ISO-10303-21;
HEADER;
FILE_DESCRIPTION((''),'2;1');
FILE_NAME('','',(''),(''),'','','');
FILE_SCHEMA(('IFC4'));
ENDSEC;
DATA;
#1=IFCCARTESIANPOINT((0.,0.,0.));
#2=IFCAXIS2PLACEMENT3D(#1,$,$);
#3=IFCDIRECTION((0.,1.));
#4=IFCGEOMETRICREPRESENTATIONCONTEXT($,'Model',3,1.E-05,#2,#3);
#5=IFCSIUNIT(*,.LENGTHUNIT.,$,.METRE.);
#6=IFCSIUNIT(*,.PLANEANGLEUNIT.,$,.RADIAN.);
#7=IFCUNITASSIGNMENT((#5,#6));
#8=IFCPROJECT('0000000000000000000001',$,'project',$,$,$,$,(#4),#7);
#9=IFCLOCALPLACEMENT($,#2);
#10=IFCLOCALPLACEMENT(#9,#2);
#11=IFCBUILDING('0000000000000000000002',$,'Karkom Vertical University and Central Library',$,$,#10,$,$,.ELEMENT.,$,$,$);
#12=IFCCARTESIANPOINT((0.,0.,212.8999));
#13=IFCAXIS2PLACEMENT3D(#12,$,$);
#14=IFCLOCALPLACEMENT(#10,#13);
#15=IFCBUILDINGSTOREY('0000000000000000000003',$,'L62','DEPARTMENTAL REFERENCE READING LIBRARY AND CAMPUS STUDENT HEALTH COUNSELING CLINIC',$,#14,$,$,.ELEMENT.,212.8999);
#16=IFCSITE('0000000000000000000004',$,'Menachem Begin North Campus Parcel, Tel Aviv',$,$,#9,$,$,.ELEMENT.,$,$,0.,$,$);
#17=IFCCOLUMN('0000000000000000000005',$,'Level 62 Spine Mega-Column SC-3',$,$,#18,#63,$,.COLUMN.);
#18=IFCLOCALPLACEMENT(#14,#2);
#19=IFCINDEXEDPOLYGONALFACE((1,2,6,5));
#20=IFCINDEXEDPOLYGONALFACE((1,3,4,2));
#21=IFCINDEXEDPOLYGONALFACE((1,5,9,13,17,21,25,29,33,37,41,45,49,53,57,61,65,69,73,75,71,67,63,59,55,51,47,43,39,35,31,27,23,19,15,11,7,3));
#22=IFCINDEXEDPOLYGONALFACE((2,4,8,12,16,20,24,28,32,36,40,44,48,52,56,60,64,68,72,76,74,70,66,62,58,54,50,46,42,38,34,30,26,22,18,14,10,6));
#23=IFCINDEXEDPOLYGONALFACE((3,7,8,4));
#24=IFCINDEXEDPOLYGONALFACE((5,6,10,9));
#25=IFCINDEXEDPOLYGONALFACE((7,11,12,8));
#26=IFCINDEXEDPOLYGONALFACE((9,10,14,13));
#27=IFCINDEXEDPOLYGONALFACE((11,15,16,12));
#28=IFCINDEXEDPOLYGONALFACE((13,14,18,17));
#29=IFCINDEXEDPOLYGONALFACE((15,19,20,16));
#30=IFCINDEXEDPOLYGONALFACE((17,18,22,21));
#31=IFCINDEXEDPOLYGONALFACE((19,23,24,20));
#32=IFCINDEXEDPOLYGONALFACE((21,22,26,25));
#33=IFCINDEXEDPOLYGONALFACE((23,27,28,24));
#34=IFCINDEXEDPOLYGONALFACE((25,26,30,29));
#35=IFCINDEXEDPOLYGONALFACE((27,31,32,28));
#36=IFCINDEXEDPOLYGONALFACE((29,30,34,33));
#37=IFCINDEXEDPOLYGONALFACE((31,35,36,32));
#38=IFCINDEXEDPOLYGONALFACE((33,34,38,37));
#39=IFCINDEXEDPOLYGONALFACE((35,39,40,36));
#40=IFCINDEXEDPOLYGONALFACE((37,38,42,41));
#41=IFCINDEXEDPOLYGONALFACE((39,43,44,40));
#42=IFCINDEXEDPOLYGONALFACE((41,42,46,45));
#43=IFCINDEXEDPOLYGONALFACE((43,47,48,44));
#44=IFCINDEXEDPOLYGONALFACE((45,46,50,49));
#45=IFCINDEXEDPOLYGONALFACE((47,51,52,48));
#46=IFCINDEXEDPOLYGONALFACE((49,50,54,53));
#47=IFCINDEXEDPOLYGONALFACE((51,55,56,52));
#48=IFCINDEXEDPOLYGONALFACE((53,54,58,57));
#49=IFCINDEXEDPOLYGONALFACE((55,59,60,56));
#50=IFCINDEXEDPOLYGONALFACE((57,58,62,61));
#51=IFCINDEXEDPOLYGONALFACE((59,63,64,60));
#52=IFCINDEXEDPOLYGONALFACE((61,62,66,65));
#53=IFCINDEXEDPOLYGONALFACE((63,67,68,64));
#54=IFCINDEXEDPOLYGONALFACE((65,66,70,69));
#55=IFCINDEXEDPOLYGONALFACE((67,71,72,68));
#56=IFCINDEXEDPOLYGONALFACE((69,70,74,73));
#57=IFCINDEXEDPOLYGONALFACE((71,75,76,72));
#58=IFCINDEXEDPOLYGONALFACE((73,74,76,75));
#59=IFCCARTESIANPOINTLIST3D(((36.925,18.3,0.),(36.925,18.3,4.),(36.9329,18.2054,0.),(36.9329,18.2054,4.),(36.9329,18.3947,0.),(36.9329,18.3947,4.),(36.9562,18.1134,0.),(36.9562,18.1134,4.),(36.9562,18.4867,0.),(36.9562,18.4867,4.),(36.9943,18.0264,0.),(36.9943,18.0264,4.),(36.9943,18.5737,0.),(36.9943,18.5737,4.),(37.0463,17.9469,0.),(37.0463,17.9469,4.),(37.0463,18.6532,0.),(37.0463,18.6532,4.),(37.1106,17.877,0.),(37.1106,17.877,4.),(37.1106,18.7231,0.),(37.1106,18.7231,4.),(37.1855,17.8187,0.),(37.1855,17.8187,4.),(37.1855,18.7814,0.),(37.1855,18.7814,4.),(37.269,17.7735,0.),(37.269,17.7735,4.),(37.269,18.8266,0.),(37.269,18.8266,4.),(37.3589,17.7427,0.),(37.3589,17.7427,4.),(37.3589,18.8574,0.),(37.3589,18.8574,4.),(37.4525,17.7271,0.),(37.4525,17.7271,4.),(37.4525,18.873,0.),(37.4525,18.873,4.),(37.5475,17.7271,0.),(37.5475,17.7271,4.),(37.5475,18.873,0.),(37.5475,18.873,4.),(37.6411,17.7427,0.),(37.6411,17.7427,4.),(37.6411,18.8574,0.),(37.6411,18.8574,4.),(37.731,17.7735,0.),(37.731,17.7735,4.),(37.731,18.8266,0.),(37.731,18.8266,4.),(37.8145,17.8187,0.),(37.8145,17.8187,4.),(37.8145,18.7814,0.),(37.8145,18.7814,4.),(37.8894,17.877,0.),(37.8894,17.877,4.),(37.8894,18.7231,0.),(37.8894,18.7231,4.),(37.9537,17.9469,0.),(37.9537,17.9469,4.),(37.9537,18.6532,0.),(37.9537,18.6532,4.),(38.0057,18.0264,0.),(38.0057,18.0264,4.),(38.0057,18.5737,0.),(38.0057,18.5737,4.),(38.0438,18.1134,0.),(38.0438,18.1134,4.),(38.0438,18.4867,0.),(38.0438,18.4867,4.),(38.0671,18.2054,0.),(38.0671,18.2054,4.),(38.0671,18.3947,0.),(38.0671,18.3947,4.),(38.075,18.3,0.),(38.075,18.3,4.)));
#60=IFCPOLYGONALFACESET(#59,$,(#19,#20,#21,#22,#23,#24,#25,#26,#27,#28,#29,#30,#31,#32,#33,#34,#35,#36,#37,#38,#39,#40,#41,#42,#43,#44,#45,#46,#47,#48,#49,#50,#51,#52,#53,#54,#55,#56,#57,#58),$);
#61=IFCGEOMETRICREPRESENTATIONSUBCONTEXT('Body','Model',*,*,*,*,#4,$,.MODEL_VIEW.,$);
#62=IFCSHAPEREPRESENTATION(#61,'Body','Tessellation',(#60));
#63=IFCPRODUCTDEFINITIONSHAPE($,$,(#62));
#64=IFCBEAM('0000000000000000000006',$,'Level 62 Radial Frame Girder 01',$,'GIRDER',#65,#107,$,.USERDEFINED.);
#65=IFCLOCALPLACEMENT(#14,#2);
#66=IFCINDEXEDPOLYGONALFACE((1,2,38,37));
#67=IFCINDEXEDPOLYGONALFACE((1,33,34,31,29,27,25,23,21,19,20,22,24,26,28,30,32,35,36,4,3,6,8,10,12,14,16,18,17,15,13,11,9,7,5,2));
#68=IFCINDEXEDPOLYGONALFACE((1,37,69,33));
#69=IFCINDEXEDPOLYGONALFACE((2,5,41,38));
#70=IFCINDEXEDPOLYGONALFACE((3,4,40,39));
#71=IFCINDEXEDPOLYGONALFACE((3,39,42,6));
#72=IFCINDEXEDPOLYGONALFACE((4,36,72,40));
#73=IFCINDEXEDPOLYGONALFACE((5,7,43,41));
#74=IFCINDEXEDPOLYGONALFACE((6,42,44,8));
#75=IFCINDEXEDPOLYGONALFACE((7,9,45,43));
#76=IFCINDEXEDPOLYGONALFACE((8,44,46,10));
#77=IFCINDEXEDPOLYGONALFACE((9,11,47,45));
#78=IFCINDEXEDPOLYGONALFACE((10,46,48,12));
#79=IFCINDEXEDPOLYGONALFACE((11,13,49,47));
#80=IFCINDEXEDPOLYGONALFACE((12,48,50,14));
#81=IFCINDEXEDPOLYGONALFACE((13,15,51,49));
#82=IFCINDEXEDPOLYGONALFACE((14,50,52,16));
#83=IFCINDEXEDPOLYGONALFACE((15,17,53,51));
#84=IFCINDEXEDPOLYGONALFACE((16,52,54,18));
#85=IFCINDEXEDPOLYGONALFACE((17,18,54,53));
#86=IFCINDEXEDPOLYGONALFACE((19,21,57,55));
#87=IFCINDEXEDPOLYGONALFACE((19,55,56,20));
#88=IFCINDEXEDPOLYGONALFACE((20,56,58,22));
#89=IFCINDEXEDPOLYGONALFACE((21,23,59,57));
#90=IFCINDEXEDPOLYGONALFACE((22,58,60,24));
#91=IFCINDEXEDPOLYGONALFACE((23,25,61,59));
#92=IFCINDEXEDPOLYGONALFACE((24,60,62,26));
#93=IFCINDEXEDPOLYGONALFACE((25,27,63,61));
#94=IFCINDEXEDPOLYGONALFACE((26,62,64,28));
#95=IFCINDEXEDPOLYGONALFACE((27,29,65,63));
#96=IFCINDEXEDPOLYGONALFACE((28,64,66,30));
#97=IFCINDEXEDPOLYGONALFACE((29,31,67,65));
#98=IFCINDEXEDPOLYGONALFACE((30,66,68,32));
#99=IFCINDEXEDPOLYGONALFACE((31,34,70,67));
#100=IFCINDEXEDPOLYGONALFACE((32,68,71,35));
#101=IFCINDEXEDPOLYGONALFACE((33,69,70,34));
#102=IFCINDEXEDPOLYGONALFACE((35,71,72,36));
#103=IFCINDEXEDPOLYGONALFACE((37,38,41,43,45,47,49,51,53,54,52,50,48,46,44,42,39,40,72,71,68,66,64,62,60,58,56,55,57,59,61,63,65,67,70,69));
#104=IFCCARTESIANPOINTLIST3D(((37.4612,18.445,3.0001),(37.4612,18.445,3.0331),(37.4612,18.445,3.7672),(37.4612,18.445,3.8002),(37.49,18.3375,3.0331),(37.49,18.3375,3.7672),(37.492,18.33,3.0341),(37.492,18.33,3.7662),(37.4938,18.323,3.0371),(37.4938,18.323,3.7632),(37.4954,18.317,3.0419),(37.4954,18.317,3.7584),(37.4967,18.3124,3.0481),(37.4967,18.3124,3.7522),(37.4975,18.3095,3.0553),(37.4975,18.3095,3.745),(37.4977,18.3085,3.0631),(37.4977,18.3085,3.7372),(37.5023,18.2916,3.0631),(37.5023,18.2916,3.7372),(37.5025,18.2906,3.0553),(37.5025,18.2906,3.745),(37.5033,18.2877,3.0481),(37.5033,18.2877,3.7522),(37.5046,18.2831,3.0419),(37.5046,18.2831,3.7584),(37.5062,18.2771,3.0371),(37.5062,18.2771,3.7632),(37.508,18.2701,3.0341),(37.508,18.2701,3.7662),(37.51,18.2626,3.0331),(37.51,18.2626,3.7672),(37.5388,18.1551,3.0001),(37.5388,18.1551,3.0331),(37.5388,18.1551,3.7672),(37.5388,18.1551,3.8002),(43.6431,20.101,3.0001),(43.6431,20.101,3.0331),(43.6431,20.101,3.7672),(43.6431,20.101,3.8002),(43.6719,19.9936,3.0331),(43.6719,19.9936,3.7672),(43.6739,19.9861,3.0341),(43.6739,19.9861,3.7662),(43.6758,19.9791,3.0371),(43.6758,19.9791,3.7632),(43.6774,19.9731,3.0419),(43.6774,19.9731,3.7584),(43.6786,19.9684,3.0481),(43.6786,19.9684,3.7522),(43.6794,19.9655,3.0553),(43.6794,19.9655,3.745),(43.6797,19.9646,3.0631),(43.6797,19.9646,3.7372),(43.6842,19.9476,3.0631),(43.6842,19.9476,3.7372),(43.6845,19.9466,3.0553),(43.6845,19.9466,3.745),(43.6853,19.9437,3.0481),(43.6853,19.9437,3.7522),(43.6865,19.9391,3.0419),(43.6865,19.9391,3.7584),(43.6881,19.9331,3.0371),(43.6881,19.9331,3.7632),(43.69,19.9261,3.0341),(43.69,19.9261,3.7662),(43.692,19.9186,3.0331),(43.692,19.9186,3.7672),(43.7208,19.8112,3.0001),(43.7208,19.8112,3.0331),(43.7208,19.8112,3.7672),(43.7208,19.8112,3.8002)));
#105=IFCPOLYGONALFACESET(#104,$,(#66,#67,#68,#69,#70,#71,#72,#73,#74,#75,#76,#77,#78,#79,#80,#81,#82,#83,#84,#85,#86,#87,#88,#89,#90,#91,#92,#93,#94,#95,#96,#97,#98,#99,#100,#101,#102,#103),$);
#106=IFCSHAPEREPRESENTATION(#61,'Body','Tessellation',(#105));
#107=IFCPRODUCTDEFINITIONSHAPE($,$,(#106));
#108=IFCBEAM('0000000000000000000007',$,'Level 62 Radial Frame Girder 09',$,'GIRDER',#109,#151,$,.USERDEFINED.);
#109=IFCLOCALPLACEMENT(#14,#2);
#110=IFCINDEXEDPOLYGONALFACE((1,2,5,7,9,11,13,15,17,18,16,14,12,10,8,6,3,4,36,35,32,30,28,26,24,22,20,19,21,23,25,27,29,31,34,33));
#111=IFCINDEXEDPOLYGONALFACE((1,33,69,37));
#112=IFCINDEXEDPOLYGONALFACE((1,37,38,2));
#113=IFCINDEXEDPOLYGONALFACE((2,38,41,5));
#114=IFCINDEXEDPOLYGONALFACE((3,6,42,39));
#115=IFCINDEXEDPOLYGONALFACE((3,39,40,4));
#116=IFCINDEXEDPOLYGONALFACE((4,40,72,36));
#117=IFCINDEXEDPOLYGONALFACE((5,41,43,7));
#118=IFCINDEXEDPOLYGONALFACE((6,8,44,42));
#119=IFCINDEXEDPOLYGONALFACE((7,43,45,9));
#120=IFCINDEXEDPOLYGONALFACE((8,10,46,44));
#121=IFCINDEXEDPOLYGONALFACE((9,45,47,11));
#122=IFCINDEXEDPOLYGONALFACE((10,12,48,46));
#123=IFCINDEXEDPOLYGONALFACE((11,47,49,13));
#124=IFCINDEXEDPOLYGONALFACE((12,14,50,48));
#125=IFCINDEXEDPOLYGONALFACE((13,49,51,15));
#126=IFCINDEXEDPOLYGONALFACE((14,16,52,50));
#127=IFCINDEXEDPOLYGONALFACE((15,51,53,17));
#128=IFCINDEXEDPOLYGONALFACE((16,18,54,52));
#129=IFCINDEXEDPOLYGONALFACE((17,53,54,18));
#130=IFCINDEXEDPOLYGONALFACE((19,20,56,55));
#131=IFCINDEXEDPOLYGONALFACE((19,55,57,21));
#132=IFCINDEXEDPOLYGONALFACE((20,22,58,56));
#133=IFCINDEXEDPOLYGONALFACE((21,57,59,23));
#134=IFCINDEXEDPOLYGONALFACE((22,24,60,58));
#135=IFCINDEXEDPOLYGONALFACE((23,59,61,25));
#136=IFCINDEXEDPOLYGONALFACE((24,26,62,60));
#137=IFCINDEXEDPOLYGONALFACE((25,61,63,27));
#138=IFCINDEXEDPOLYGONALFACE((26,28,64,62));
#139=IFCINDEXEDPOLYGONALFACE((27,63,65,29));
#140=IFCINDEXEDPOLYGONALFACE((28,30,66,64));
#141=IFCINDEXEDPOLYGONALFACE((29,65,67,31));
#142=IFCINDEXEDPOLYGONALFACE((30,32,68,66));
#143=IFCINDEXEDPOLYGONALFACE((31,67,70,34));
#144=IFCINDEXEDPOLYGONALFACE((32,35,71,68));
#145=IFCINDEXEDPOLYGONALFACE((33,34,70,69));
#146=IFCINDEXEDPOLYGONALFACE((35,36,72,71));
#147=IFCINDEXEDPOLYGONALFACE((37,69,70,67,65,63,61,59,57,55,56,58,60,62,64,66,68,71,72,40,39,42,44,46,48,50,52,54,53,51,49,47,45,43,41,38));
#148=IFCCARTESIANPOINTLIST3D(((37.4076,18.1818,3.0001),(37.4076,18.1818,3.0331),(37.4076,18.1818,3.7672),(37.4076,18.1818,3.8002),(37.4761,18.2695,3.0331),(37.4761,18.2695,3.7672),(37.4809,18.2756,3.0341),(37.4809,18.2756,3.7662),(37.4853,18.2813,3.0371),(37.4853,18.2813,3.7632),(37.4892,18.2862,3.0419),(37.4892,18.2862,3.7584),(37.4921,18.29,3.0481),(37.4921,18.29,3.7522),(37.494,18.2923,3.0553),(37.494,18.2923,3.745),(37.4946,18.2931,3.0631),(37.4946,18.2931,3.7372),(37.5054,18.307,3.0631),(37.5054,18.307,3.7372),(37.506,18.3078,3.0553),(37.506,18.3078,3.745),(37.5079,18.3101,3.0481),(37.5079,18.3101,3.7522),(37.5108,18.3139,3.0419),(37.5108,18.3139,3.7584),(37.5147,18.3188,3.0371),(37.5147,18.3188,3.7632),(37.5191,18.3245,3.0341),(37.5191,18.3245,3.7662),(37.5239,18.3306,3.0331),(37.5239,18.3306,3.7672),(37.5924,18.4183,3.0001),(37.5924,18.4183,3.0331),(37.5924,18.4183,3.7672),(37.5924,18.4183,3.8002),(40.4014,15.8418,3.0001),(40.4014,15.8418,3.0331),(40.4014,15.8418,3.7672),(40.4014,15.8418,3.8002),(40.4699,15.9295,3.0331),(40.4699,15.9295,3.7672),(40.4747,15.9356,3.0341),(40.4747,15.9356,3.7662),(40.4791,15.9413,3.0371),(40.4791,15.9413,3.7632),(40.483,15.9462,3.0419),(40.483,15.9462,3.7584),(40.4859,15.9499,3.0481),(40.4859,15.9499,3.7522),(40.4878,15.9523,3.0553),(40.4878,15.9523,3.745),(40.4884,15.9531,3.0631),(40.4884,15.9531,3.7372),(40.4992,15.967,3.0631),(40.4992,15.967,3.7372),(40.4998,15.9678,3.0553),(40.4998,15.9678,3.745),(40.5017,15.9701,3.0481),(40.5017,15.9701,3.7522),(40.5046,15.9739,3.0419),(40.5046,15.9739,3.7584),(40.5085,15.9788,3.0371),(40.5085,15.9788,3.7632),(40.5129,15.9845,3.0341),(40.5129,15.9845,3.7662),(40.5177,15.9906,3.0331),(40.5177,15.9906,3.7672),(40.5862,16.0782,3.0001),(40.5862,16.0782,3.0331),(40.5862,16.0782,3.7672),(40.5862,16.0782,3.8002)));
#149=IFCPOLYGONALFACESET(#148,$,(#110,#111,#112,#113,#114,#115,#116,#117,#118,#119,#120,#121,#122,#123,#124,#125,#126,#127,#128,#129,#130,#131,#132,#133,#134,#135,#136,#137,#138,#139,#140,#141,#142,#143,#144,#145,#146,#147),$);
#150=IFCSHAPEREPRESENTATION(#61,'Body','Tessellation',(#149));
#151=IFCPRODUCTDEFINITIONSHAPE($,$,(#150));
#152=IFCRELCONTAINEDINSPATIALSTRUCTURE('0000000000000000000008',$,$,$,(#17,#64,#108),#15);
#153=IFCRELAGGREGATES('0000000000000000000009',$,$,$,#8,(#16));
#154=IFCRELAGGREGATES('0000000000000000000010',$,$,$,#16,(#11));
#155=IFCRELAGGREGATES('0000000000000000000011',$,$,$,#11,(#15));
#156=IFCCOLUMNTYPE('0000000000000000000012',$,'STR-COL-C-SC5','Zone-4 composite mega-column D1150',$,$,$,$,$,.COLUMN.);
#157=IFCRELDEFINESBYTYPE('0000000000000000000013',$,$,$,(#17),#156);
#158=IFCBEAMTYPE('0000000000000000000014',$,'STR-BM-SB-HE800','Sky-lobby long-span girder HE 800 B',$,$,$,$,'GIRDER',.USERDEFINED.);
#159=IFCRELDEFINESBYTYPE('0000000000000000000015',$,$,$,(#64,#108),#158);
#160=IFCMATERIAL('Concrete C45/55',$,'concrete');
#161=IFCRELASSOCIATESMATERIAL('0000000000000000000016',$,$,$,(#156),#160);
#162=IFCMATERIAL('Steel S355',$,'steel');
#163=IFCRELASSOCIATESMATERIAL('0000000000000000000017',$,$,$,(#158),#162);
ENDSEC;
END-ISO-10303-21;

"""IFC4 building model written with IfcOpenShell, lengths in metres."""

from ifc_helpers import new_model, si_unit, direction, frame, origin, origin_with_axes, origin_2d, place, context, subcontext, project, spatial, circle, i_section, extrude, source, transform, mapped, material, material_profile, profile_set, type_object, element, save


model = new_model("IFC4")

# Units and contexts
model_context = context("Model", 3, precision=1e-05, world=origin(), true_north=direction((0.0, 1.0)))
body_context = subcontext(model_context, "Body", "Model", "MODEL_VIEW")
ifc_project = project(units=[si_unit("LENGTHUNIT", "METRE"), si_unit("PLANEANGLEUNIT", "RADIAN")], contexts=[model_context])

# Site, building, storey
site_placement = place(None, origin())
site = spatial("IfcSite", under=ifc_project, at=site_placement, Name="Menachem Begin North Campus Parcel, Tel Aviv", CompositionType="ELEMENT", RefElevation=0.0)
building_placement = place(site_placement, origin())
building = spatial("IfcBuilding", under=site, at=building_placement, Name="Karkom Vertical University and Central Library", CompositionType="ELEMENT")
storey_placement = place(building_placement, frame((0.0, 0.0, 212.8999)))
storey = spatial("IfcBuildingStorey", under=building, at=storey_placement, Name="L62", Description="DEPARTMENTAL REFERENCE READING LIBRARY AND CAMPUS STUDENT HEALTH COUNSELING CLINIC", CompositionType="ELEMENT", Elevation=212.8999)

# Column
ifc_material_1 = material(Name="Concrete C45/55", Category="concrete")
ifc_material_profile_1 = material_profile(ifc_material_1, circle(Radius=0.575, at=origin_2d()), Name="CFT-D1150")
ifc_profile_set_1 = profile_set([ifc_material_profile_1], Name="Concrete C45/55")
column_type = type_object("IfcColumnType", Name="STR-COL-C-SC5", Description="Zone-4 composite mega-column D1150", PredefinedType="COLUMN", material=ifc_profile_set_1)
shared_shape_1 = source(origin_with_axes(), body_context, "Body", "SweptSolid", [
    extrude(circle(Radius=0.575, at=origin_2d()), origin(), (0.0, 0.0, 1.0), 4.0),
])
column_placement = place(storey_placement, frame((37.5, 18.3, 0.0), z_axis=(0.0, 0.0, 1.0), x_axis=(1.0, 0.0, 0.0)))
element("IfcColumn", 1, at=column_placement, inside=storey, type_object=column_type, Name="Level 62 Spine Mega-Column SC-3", PredefinedType="COLUMN", context=body_context, shape_type="MappedRepresentation", body=[
    mapped(shared_shape_1, transform((0.0, 0.0, 0.0), scale=1.0)),
])

# Beams
ifc_material_2 = material(Name="Steel S355", Category="steel")
ifc_material_profile_2 = material_profile(ifc_material_2, i_section(OverallWidth=0.3, OverallDepth=0.8, WebThickness=0.0176, FlangeThickness=0.033, FilletRadius=0.03, at=origin_2d()), Name="HE 800 B")
ifc_profile_set_2 = profile_set([ifc_material_profile_2], Name="Steel S355")
beam_type_1 = type_object("IfcBeamType", Name="STR-BM-SB-HE800", Description="Sky-lobby long-span girder HE 800 B", ElementType="GIRDER", PredefinedType="USERDEFINED", material=ifc_profile_set_2)
shared_shape_2 = source(origin_with_axes(), body_context, "Body", "SweptSolid", [
    extrude(i_section(OverallWidth=0.3, OverallDepth=0.8, WebThickness=0.0176, FlangeThickness=0.033, FilletRadius=0.03, at=origin_2d()), origin(), (0.0, 0.0, 1.0), 6.3999),
])
beam_1_placement = place(storey_placement, frame((37.5, 18.3, 3.4001), z_axis=(0.965942, 0.258757, 0.0), x_axis=(-0.258757, 0.965942, 0.0)))
element("IfcBeam", 2, at=beam_1_placement, inside=storey, type_object=beam_type_1, Name="Level 62 Radial Frame Girder 01", ObjectType="GIRDER", PredefinedType="USERDEFINED", context=body_context, shape_type="MappedRepresentation", body=[
    mapped(shared_shape_2, transform((0.0, 0.0, 0.0), scale=1.0)),
])
shared_shape_3 = source(origin_with_axes(), body_context, "Body", "SweptSolid", [
    extrude(i_section(OverallWidth=0.3, OverallDepth=0.8, WebThickness=0.0176, FlangeThickness=0.033, FilletRadius=0.03, at=origin_2d()), origin(), (0.0, 0.0, 1.0), 3.7998),
])
beam_2_placement = place(storey_placement, frame((37.5, 18.3, 3.4001), z_axis=(0.787883, -0.615825, 0.0), x_axis=(0.615825, 0.787883, 0.0)))
element("IfcBeam", 3, at=beam_2_placement, inside=storey, type_object=beam_type_1, Name="Level 62 Radial Frame Girder 09", ObjectType="GIRDER", PredefinedType="USERDEFINED", context=body_context, shape_type="MappedRepresentation", body=[
    mapped(shared_shape_3, transform((0.0, 0.0, 0.0), scale=1.0)),
])

save(model, "model.ifc")
